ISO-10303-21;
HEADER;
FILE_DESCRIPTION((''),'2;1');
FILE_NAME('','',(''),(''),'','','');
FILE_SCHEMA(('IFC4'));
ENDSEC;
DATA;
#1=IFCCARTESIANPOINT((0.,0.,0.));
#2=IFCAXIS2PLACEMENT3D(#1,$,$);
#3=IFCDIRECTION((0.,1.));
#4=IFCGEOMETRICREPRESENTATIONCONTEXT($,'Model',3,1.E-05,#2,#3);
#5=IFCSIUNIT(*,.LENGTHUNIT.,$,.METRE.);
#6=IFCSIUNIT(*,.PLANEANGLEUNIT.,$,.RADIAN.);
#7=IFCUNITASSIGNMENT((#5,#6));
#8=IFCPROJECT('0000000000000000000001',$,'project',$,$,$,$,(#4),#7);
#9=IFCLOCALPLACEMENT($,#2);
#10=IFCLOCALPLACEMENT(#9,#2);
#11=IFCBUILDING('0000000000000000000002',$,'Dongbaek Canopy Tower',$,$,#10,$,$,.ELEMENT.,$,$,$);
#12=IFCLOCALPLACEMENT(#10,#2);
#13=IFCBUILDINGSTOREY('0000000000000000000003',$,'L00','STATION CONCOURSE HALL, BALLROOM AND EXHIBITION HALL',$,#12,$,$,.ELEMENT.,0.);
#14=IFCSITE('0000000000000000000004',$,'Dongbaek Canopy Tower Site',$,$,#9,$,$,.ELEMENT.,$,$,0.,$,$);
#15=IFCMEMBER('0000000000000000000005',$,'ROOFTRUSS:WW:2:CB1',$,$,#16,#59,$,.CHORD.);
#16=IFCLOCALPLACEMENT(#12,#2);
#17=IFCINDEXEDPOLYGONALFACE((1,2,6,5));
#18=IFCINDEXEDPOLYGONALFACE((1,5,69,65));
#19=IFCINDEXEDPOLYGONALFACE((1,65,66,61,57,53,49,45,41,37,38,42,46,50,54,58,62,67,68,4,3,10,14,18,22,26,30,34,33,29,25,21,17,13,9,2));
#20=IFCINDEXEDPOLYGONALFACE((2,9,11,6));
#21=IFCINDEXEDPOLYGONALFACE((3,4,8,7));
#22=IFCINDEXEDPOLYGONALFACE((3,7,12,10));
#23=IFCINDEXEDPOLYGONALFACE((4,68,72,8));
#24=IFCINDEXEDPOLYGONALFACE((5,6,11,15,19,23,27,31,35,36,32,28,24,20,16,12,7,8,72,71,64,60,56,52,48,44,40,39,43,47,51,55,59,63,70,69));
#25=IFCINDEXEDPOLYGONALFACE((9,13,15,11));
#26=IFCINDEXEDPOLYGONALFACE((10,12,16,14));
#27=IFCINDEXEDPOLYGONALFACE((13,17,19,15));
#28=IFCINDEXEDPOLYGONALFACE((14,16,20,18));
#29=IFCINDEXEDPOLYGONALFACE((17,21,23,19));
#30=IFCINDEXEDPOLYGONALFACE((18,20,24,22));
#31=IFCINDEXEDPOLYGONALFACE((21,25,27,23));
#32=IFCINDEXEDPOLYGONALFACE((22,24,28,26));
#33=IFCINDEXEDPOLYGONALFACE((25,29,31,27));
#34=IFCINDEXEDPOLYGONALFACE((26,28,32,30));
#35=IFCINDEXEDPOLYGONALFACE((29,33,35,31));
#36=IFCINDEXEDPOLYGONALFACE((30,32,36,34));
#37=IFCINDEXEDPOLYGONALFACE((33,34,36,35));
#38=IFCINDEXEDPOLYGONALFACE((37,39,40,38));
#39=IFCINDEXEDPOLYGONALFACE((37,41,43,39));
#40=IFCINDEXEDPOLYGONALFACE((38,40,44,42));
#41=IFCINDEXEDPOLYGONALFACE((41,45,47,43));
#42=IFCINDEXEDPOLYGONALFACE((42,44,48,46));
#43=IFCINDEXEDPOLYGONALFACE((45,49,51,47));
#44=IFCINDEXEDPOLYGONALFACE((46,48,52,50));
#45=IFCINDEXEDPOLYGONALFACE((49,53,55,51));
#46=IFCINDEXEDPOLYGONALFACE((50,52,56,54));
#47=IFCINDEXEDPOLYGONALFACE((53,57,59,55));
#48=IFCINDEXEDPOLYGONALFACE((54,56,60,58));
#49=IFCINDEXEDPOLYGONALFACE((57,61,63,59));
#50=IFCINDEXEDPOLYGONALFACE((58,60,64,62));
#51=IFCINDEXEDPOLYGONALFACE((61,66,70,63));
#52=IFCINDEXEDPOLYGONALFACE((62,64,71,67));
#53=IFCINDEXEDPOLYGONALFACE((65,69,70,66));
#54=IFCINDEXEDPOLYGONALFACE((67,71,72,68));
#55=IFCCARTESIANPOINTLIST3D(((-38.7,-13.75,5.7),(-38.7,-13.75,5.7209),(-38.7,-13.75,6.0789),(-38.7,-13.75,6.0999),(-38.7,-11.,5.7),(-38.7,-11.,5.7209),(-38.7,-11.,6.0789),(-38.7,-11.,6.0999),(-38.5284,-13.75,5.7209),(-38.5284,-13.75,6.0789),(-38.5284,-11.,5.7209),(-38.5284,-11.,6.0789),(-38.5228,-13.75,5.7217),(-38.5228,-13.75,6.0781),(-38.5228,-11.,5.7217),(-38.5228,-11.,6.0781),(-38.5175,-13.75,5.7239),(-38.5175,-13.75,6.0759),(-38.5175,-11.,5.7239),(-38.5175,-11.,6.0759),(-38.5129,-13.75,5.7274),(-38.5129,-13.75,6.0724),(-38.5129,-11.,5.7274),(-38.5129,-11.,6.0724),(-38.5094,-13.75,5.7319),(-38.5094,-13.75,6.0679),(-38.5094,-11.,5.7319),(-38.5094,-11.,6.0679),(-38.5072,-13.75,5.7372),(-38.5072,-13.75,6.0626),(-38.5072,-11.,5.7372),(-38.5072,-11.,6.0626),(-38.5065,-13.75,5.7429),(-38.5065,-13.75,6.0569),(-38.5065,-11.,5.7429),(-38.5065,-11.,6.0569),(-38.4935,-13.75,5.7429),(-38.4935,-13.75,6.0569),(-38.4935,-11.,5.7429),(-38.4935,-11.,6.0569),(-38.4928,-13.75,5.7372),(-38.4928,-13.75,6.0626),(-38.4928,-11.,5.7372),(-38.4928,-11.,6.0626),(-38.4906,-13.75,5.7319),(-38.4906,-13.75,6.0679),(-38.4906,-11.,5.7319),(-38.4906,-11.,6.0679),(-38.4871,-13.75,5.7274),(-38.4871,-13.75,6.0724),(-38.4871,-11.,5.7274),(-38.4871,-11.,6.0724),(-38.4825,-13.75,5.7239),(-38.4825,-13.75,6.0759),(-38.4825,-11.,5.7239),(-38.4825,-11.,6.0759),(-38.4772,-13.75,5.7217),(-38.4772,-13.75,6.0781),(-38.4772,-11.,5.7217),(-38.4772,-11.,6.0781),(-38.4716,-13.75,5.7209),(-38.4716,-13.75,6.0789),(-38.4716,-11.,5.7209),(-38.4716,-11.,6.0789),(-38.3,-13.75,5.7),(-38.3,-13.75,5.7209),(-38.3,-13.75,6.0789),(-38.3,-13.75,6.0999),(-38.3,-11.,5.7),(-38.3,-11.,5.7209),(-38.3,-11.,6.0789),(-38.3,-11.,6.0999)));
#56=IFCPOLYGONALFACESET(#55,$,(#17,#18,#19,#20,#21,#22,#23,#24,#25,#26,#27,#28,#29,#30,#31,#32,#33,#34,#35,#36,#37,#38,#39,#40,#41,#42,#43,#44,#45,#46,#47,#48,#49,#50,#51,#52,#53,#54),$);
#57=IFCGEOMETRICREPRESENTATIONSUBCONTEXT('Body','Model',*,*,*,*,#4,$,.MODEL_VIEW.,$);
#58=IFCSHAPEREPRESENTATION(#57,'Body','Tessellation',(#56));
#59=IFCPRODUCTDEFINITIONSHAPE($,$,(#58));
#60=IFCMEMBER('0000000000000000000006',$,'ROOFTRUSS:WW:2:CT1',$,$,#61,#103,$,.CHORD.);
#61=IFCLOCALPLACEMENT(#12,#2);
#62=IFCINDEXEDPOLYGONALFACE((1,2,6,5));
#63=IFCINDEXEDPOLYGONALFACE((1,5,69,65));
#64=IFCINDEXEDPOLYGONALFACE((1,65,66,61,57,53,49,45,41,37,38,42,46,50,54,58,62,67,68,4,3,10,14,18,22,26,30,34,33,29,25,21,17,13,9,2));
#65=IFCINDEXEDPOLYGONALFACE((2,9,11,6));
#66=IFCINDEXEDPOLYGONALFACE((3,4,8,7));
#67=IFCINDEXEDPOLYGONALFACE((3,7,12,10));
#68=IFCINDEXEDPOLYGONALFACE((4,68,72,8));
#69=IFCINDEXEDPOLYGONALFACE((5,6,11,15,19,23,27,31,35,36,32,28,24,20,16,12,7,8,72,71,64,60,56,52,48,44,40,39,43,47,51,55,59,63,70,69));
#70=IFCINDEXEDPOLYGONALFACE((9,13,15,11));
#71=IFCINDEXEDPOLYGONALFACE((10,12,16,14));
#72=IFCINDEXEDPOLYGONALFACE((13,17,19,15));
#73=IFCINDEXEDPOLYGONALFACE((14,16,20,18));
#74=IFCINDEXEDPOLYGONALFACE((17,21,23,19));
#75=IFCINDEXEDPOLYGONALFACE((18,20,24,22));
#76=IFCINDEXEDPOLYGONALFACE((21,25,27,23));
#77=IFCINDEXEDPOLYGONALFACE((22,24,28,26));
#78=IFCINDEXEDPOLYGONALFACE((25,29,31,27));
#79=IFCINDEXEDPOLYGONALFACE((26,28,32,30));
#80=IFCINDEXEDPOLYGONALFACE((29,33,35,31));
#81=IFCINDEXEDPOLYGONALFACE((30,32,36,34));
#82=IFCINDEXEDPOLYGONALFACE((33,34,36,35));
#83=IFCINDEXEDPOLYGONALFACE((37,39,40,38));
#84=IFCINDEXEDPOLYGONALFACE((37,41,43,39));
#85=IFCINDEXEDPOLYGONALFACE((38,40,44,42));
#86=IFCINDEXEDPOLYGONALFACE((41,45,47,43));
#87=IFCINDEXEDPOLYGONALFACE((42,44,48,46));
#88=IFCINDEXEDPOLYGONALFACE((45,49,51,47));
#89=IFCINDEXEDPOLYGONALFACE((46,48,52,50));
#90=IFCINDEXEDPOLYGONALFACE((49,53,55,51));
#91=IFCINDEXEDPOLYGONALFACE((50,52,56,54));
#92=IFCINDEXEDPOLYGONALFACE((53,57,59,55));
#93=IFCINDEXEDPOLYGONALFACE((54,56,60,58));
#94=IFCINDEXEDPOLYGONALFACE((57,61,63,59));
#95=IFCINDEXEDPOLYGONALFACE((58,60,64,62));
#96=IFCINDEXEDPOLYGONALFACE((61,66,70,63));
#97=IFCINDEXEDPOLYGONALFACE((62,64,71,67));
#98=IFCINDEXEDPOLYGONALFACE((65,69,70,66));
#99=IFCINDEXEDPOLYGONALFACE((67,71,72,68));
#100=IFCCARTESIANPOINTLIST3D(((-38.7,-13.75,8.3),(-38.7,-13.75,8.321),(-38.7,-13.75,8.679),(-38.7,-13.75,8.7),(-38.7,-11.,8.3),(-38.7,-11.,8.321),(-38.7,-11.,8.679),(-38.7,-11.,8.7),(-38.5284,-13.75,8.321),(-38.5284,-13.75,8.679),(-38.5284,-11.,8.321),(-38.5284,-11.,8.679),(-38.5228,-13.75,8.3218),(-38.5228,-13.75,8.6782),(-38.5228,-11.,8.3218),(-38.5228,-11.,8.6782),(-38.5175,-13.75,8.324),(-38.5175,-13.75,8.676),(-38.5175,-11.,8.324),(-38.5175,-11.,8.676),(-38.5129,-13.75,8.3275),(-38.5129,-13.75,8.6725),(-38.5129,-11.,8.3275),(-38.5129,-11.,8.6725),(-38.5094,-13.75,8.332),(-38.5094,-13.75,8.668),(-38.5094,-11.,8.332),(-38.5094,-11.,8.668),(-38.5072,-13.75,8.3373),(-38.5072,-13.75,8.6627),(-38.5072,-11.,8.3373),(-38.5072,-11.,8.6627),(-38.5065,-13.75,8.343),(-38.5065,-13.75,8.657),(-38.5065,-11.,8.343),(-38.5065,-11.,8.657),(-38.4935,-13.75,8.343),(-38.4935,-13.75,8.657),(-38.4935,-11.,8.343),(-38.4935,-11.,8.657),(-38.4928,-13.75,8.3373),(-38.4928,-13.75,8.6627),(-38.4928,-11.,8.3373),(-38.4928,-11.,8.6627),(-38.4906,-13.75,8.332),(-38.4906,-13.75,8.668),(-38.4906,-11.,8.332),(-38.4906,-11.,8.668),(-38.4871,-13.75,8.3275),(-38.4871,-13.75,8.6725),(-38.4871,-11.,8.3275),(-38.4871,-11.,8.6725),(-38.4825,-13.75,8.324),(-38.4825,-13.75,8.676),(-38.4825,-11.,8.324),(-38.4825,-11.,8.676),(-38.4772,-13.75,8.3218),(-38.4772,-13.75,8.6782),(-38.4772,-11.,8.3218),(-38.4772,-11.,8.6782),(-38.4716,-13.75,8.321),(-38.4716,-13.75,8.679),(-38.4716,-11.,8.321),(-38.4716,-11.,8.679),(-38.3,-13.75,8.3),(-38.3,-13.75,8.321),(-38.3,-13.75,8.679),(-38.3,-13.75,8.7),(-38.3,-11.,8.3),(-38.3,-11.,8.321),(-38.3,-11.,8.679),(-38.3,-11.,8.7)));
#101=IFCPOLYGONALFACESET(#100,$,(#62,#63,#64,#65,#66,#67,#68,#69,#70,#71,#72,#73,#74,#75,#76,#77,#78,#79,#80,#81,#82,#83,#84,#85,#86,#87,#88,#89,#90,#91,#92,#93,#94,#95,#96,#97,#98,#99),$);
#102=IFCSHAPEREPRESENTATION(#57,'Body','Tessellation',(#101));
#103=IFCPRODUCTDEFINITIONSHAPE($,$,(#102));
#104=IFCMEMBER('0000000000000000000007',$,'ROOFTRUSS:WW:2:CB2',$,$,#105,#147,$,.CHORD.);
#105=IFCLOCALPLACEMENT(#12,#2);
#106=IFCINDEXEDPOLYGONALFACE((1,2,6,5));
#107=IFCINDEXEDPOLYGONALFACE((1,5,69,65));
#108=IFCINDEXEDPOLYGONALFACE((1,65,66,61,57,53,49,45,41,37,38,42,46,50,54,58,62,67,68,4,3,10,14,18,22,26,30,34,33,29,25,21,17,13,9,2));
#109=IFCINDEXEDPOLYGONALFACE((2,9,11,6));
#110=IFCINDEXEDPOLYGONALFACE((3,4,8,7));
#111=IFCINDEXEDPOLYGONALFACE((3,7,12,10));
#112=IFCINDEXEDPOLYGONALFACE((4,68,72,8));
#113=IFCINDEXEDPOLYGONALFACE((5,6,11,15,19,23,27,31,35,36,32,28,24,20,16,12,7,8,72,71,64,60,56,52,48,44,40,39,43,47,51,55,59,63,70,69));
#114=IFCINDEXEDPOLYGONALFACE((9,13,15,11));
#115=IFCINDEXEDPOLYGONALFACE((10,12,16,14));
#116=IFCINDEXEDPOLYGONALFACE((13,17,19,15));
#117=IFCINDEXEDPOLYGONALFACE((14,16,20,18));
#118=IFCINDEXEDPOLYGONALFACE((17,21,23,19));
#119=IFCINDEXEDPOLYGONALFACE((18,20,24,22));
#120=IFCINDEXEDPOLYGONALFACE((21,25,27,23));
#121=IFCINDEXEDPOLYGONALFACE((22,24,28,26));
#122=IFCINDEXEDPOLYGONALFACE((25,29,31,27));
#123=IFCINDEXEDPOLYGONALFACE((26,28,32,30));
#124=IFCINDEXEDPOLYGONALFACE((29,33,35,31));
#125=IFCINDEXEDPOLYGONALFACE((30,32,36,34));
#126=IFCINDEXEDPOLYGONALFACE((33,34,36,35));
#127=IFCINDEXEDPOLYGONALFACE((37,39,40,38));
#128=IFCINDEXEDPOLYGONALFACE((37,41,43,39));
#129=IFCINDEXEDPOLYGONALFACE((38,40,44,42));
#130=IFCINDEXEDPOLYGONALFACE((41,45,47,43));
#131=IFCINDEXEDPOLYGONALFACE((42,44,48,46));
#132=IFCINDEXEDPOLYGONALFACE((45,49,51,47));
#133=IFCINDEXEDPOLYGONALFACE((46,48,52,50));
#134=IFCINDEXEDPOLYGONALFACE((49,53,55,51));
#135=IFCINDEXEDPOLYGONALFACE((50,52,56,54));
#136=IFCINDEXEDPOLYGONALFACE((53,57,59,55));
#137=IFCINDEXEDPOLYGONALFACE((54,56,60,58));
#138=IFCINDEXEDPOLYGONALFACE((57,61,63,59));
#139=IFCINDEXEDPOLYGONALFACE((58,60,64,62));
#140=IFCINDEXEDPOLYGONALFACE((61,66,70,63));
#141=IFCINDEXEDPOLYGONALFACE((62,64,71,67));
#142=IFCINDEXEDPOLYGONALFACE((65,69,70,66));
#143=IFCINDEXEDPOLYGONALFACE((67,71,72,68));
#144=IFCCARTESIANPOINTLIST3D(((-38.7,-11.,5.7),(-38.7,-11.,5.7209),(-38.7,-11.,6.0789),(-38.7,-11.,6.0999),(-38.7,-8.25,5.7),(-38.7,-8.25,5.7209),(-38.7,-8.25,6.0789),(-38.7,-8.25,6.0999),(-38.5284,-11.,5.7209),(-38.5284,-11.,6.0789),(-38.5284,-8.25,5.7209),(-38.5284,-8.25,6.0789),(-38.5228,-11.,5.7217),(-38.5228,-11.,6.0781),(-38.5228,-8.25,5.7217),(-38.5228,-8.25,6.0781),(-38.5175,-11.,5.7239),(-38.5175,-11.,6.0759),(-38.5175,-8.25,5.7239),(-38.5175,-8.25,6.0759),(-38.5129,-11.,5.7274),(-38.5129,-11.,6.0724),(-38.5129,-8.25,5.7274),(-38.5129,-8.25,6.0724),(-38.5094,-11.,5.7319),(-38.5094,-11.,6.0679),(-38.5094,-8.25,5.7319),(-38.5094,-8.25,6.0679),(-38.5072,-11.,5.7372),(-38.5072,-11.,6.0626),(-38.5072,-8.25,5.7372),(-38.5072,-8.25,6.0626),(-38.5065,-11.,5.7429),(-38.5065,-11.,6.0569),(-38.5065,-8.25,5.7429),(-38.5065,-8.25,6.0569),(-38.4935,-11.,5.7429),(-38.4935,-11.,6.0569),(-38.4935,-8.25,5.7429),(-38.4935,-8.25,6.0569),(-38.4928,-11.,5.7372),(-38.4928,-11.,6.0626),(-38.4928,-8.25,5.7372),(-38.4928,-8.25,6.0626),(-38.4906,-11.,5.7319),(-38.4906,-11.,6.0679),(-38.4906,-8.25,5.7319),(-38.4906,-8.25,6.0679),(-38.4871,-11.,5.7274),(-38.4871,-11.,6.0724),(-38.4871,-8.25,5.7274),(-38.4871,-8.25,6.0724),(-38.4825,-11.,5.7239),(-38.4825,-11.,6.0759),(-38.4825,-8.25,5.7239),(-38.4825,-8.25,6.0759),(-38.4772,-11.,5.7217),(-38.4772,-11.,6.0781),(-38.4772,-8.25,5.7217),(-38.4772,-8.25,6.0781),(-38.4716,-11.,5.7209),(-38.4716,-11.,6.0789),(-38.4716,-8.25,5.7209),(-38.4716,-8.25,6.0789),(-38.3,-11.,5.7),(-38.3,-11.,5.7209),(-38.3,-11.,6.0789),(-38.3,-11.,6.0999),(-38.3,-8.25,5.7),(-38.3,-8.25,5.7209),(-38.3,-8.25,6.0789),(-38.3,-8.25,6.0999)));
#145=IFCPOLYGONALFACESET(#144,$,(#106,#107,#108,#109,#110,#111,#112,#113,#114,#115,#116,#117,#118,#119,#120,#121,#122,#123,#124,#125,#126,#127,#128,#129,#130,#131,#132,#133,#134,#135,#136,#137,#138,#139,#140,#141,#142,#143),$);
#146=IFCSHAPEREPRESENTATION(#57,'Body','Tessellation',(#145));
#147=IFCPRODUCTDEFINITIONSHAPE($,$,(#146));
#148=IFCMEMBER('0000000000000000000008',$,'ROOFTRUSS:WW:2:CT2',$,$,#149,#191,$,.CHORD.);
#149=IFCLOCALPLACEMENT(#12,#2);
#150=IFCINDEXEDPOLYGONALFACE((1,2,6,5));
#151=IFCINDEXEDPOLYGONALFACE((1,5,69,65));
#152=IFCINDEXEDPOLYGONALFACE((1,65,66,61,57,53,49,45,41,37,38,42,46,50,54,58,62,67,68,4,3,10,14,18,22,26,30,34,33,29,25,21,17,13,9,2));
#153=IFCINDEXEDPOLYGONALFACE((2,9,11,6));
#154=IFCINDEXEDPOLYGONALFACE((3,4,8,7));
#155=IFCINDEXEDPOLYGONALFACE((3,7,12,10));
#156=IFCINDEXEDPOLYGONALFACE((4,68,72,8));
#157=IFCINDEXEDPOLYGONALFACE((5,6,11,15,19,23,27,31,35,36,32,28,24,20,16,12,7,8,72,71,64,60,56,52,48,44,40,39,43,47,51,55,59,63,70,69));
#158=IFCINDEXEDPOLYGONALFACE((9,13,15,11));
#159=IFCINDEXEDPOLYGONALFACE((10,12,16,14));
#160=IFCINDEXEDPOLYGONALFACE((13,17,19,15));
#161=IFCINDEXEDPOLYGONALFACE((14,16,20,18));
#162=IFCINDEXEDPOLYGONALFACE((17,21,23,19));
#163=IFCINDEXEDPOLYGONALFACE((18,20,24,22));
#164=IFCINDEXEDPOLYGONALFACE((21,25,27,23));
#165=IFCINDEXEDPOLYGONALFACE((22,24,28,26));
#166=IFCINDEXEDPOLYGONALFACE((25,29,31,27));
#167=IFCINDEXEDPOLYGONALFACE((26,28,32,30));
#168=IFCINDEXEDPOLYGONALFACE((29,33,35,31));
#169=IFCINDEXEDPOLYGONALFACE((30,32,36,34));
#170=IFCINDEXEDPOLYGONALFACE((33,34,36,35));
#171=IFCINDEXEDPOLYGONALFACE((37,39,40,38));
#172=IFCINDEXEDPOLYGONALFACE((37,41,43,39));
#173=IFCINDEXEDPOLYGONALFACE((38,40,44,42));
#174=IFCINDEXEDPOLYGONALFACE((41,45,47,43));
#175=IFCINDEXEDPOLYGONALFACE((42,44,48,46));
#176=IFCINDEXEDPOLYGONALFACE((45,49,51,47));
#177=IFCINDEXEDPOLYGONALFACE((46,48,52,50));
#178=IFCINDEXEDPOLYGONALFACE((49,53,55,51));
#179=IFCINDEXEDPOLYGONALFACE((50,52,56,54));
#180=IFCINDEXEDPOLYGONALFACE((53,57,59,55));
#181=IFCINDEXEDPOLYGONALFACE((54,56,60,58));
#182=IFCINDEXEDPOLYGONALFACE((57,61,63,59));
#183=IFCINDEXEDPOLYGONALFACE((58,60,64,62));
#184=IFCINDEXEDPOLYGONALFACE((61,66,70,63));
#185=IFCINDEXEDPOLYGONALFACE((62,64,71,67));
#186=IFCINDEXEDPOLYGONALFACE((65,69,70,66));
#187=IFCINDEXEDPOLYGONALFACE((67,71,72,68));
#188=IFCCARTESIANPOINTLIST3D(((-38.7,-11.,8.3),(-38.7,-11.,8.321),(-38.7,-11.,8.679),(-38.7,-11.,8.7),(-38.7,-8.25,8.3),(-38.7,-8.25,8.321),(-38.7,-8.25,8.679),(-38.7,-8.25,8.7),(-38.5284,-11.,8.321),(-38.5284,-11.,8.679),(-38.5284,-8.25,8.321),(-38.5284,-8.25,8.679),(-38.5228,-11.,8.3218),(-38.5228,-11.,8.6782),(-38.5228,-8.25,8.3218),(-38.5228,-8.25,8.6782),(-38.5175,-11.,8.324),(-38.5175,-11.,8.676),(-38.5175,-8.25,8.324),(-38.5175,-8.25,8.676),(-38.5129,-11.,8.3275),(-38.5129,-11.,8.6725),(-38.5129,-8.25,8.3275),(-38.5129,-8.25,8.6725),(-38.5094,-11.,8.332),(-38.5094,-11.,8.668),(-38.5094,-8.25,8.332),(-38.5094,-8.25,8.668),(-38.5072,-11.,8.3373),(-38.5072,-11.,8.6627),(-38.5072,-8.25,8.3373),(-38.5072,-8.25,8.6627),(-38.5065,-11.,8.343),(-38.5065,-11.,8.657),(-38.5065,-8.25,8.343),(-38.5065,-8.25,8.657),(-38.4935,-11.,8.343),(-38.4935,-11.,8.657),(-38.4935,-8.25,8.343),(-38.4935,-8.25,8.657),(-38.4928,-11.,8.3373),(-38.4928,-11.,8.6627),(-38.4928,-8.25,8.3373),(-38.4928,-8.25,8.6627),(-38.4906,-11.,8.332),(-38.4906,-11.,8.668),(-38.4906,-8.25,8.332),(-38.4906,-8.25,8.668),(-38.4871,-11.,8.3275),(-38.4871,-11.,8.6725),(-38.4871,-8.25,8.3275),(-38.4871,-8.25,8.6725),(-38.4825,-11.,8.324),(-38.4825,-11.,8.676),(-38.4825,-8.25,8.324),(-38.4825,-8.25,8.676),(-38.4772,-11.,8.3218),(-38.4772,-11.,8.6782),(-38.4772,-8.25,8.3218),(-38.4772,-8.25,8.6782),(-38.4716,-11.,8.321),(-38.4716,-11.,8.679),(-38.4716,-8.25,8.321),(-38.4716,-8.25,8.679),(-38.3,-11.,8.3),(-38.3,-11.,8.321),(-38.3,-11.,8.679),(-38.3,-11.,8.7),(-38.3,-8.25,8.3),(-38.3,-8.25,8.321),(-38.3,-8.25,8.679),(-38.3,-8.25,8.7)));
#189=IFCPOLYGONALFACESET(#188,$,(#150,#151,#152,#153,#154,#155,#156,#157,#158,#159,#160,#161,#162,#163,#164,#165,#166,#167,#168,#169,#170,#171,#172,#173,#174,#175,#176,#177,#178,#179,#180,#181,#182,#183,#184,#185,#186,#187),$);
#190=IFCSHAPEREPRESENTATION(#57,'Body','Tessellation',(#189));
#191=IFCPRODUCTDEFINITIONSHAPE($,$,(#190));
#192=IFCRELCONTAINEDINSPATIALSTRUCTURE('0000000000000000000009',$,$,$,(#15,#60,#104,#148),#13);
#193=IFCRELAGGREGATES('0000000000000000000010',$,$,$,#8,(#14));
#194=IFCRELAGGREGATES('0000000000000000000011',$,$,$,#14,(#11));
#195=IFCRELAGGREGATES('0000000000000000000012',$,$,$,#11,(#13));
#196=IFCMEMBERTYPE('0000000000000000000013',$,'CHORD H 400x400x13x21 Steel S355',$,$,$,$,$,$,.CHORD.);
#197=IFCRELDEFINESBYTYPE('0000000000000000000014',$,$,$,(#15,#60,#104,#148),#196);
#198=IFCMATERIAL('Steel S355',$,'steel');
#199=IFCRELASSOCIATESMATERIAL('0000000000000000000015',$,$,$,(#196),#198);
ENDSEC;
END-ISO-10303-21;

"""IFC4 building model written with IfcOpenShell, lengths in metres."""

from ifc_helpers import new_model, si_unit, direction, frame, origin, origin_2d, place, context, subcontext, project, spatial, i_section, extrude, material, material_profile, profile_set, type_object, element, save


model = new_model("IFC4")

# Units and contexts
model_context = context("Model", 3, precision=1e-05, world=origin(), true_north=direction((0.0, 1.0)))
body_context = subcontext(model_context, "Body", "Model", "MODEL_VIEW")
ifc_project = project(units=[si_unit("LENGTHUNIT", "METRE"), si_unit("PLANEANGLEUNIT", "RADIAN")], contexts=[model_context])

# Site, building, storey
site_placement = place(None, origin())
site = spatial("IfcSite", under=ifc_project, at=site_placement, Name="Dongbaek Canopy Tower Site", CompositionType="ELEMENT", RefElevation=0.0)
building_placement = place(site_placement, origin())
building = spatial("IfcBuilding", under=site, at=building_placement, Name="Dongbaek Canopy Tower", CompositionType="ELEMENT")
storey_placement = place(building_placement, origin())
storey = spatial("IfcBuildingStorey", under=building, at=storey_placement, Name="L00", Description="STATION CONCOURSE HALL, BALLROOM AND EXHIBITION HALL", CompositionType="ELEMENT", Elevation=0.0)

# Members
ifc_material_1 = material(Name="Steel S355", Category="steel")
ifc_material_profile_1 = material_profile(ifc_material_1, i_section(OverallWidth=0.3999, OverallDepth=0.3999, WebThickness=0.0129, FlangeThickness=0.021, FilletRadius=0.022, at=origin_2d()), Name="CHORD H 400x400x13x21 Steel S355")
ifc_profile_set_1 = profile_set([ifc_material_profile_1], Name="Steel S355")
member_type_1 = type_object("IfcMemberType", Name="CHORD H 400x400x13x21 Steel S355", PredefinedType="CHORD", material=ifc_profile_set_1)
for number, where, z_axis, x_axis, name in (
    (1, (-38.5, -13.75, 5.8999), (0.0, 1.0, 0.0), (-1.0, 0.0, 0.0), "ROOFTRUSS:WW:2:CB1"),
    (2, (-38.5, -13.75, 8.5), (0.0, 1.0, 0.0), (-1.0, 0.0, 0.0), "ROOFTRUSS:WW:2:CT1"),
    (3, (-38.5, -11.0, 5.8999), (0.0, 1.0, 0.0), (-1.0, 0.0, 0.0), "ROOFTRUSS:WW:2:CB2"),
    (4, (-38.5, -11.0, 8.5), (0.0, 1.0, 0.0), (-1.0, 0.0, 0.0), "ROOFTRUSS:WW:2:CT2"),
):
    element("IfcMember", number, at=place(storey_placement, frame(where, z_axis=z_axis, x_axis=x_axis)), inside=storey, type_object=member_type_1, Name=name, PredefinedType="CHORD", context=body_context, shape_type="SweptSolid", body=[
        extrude(i_section(OverallWidth=0.3999, OverallDepth=0.3999, WebThickness=0.0129, FlangeThickness=0.021, FilletRadius=0.022, at=origin_2d()), origin(), (0.0, 0.0, 1.0), 2.75),
    ])

save(model, "model.ifc")
